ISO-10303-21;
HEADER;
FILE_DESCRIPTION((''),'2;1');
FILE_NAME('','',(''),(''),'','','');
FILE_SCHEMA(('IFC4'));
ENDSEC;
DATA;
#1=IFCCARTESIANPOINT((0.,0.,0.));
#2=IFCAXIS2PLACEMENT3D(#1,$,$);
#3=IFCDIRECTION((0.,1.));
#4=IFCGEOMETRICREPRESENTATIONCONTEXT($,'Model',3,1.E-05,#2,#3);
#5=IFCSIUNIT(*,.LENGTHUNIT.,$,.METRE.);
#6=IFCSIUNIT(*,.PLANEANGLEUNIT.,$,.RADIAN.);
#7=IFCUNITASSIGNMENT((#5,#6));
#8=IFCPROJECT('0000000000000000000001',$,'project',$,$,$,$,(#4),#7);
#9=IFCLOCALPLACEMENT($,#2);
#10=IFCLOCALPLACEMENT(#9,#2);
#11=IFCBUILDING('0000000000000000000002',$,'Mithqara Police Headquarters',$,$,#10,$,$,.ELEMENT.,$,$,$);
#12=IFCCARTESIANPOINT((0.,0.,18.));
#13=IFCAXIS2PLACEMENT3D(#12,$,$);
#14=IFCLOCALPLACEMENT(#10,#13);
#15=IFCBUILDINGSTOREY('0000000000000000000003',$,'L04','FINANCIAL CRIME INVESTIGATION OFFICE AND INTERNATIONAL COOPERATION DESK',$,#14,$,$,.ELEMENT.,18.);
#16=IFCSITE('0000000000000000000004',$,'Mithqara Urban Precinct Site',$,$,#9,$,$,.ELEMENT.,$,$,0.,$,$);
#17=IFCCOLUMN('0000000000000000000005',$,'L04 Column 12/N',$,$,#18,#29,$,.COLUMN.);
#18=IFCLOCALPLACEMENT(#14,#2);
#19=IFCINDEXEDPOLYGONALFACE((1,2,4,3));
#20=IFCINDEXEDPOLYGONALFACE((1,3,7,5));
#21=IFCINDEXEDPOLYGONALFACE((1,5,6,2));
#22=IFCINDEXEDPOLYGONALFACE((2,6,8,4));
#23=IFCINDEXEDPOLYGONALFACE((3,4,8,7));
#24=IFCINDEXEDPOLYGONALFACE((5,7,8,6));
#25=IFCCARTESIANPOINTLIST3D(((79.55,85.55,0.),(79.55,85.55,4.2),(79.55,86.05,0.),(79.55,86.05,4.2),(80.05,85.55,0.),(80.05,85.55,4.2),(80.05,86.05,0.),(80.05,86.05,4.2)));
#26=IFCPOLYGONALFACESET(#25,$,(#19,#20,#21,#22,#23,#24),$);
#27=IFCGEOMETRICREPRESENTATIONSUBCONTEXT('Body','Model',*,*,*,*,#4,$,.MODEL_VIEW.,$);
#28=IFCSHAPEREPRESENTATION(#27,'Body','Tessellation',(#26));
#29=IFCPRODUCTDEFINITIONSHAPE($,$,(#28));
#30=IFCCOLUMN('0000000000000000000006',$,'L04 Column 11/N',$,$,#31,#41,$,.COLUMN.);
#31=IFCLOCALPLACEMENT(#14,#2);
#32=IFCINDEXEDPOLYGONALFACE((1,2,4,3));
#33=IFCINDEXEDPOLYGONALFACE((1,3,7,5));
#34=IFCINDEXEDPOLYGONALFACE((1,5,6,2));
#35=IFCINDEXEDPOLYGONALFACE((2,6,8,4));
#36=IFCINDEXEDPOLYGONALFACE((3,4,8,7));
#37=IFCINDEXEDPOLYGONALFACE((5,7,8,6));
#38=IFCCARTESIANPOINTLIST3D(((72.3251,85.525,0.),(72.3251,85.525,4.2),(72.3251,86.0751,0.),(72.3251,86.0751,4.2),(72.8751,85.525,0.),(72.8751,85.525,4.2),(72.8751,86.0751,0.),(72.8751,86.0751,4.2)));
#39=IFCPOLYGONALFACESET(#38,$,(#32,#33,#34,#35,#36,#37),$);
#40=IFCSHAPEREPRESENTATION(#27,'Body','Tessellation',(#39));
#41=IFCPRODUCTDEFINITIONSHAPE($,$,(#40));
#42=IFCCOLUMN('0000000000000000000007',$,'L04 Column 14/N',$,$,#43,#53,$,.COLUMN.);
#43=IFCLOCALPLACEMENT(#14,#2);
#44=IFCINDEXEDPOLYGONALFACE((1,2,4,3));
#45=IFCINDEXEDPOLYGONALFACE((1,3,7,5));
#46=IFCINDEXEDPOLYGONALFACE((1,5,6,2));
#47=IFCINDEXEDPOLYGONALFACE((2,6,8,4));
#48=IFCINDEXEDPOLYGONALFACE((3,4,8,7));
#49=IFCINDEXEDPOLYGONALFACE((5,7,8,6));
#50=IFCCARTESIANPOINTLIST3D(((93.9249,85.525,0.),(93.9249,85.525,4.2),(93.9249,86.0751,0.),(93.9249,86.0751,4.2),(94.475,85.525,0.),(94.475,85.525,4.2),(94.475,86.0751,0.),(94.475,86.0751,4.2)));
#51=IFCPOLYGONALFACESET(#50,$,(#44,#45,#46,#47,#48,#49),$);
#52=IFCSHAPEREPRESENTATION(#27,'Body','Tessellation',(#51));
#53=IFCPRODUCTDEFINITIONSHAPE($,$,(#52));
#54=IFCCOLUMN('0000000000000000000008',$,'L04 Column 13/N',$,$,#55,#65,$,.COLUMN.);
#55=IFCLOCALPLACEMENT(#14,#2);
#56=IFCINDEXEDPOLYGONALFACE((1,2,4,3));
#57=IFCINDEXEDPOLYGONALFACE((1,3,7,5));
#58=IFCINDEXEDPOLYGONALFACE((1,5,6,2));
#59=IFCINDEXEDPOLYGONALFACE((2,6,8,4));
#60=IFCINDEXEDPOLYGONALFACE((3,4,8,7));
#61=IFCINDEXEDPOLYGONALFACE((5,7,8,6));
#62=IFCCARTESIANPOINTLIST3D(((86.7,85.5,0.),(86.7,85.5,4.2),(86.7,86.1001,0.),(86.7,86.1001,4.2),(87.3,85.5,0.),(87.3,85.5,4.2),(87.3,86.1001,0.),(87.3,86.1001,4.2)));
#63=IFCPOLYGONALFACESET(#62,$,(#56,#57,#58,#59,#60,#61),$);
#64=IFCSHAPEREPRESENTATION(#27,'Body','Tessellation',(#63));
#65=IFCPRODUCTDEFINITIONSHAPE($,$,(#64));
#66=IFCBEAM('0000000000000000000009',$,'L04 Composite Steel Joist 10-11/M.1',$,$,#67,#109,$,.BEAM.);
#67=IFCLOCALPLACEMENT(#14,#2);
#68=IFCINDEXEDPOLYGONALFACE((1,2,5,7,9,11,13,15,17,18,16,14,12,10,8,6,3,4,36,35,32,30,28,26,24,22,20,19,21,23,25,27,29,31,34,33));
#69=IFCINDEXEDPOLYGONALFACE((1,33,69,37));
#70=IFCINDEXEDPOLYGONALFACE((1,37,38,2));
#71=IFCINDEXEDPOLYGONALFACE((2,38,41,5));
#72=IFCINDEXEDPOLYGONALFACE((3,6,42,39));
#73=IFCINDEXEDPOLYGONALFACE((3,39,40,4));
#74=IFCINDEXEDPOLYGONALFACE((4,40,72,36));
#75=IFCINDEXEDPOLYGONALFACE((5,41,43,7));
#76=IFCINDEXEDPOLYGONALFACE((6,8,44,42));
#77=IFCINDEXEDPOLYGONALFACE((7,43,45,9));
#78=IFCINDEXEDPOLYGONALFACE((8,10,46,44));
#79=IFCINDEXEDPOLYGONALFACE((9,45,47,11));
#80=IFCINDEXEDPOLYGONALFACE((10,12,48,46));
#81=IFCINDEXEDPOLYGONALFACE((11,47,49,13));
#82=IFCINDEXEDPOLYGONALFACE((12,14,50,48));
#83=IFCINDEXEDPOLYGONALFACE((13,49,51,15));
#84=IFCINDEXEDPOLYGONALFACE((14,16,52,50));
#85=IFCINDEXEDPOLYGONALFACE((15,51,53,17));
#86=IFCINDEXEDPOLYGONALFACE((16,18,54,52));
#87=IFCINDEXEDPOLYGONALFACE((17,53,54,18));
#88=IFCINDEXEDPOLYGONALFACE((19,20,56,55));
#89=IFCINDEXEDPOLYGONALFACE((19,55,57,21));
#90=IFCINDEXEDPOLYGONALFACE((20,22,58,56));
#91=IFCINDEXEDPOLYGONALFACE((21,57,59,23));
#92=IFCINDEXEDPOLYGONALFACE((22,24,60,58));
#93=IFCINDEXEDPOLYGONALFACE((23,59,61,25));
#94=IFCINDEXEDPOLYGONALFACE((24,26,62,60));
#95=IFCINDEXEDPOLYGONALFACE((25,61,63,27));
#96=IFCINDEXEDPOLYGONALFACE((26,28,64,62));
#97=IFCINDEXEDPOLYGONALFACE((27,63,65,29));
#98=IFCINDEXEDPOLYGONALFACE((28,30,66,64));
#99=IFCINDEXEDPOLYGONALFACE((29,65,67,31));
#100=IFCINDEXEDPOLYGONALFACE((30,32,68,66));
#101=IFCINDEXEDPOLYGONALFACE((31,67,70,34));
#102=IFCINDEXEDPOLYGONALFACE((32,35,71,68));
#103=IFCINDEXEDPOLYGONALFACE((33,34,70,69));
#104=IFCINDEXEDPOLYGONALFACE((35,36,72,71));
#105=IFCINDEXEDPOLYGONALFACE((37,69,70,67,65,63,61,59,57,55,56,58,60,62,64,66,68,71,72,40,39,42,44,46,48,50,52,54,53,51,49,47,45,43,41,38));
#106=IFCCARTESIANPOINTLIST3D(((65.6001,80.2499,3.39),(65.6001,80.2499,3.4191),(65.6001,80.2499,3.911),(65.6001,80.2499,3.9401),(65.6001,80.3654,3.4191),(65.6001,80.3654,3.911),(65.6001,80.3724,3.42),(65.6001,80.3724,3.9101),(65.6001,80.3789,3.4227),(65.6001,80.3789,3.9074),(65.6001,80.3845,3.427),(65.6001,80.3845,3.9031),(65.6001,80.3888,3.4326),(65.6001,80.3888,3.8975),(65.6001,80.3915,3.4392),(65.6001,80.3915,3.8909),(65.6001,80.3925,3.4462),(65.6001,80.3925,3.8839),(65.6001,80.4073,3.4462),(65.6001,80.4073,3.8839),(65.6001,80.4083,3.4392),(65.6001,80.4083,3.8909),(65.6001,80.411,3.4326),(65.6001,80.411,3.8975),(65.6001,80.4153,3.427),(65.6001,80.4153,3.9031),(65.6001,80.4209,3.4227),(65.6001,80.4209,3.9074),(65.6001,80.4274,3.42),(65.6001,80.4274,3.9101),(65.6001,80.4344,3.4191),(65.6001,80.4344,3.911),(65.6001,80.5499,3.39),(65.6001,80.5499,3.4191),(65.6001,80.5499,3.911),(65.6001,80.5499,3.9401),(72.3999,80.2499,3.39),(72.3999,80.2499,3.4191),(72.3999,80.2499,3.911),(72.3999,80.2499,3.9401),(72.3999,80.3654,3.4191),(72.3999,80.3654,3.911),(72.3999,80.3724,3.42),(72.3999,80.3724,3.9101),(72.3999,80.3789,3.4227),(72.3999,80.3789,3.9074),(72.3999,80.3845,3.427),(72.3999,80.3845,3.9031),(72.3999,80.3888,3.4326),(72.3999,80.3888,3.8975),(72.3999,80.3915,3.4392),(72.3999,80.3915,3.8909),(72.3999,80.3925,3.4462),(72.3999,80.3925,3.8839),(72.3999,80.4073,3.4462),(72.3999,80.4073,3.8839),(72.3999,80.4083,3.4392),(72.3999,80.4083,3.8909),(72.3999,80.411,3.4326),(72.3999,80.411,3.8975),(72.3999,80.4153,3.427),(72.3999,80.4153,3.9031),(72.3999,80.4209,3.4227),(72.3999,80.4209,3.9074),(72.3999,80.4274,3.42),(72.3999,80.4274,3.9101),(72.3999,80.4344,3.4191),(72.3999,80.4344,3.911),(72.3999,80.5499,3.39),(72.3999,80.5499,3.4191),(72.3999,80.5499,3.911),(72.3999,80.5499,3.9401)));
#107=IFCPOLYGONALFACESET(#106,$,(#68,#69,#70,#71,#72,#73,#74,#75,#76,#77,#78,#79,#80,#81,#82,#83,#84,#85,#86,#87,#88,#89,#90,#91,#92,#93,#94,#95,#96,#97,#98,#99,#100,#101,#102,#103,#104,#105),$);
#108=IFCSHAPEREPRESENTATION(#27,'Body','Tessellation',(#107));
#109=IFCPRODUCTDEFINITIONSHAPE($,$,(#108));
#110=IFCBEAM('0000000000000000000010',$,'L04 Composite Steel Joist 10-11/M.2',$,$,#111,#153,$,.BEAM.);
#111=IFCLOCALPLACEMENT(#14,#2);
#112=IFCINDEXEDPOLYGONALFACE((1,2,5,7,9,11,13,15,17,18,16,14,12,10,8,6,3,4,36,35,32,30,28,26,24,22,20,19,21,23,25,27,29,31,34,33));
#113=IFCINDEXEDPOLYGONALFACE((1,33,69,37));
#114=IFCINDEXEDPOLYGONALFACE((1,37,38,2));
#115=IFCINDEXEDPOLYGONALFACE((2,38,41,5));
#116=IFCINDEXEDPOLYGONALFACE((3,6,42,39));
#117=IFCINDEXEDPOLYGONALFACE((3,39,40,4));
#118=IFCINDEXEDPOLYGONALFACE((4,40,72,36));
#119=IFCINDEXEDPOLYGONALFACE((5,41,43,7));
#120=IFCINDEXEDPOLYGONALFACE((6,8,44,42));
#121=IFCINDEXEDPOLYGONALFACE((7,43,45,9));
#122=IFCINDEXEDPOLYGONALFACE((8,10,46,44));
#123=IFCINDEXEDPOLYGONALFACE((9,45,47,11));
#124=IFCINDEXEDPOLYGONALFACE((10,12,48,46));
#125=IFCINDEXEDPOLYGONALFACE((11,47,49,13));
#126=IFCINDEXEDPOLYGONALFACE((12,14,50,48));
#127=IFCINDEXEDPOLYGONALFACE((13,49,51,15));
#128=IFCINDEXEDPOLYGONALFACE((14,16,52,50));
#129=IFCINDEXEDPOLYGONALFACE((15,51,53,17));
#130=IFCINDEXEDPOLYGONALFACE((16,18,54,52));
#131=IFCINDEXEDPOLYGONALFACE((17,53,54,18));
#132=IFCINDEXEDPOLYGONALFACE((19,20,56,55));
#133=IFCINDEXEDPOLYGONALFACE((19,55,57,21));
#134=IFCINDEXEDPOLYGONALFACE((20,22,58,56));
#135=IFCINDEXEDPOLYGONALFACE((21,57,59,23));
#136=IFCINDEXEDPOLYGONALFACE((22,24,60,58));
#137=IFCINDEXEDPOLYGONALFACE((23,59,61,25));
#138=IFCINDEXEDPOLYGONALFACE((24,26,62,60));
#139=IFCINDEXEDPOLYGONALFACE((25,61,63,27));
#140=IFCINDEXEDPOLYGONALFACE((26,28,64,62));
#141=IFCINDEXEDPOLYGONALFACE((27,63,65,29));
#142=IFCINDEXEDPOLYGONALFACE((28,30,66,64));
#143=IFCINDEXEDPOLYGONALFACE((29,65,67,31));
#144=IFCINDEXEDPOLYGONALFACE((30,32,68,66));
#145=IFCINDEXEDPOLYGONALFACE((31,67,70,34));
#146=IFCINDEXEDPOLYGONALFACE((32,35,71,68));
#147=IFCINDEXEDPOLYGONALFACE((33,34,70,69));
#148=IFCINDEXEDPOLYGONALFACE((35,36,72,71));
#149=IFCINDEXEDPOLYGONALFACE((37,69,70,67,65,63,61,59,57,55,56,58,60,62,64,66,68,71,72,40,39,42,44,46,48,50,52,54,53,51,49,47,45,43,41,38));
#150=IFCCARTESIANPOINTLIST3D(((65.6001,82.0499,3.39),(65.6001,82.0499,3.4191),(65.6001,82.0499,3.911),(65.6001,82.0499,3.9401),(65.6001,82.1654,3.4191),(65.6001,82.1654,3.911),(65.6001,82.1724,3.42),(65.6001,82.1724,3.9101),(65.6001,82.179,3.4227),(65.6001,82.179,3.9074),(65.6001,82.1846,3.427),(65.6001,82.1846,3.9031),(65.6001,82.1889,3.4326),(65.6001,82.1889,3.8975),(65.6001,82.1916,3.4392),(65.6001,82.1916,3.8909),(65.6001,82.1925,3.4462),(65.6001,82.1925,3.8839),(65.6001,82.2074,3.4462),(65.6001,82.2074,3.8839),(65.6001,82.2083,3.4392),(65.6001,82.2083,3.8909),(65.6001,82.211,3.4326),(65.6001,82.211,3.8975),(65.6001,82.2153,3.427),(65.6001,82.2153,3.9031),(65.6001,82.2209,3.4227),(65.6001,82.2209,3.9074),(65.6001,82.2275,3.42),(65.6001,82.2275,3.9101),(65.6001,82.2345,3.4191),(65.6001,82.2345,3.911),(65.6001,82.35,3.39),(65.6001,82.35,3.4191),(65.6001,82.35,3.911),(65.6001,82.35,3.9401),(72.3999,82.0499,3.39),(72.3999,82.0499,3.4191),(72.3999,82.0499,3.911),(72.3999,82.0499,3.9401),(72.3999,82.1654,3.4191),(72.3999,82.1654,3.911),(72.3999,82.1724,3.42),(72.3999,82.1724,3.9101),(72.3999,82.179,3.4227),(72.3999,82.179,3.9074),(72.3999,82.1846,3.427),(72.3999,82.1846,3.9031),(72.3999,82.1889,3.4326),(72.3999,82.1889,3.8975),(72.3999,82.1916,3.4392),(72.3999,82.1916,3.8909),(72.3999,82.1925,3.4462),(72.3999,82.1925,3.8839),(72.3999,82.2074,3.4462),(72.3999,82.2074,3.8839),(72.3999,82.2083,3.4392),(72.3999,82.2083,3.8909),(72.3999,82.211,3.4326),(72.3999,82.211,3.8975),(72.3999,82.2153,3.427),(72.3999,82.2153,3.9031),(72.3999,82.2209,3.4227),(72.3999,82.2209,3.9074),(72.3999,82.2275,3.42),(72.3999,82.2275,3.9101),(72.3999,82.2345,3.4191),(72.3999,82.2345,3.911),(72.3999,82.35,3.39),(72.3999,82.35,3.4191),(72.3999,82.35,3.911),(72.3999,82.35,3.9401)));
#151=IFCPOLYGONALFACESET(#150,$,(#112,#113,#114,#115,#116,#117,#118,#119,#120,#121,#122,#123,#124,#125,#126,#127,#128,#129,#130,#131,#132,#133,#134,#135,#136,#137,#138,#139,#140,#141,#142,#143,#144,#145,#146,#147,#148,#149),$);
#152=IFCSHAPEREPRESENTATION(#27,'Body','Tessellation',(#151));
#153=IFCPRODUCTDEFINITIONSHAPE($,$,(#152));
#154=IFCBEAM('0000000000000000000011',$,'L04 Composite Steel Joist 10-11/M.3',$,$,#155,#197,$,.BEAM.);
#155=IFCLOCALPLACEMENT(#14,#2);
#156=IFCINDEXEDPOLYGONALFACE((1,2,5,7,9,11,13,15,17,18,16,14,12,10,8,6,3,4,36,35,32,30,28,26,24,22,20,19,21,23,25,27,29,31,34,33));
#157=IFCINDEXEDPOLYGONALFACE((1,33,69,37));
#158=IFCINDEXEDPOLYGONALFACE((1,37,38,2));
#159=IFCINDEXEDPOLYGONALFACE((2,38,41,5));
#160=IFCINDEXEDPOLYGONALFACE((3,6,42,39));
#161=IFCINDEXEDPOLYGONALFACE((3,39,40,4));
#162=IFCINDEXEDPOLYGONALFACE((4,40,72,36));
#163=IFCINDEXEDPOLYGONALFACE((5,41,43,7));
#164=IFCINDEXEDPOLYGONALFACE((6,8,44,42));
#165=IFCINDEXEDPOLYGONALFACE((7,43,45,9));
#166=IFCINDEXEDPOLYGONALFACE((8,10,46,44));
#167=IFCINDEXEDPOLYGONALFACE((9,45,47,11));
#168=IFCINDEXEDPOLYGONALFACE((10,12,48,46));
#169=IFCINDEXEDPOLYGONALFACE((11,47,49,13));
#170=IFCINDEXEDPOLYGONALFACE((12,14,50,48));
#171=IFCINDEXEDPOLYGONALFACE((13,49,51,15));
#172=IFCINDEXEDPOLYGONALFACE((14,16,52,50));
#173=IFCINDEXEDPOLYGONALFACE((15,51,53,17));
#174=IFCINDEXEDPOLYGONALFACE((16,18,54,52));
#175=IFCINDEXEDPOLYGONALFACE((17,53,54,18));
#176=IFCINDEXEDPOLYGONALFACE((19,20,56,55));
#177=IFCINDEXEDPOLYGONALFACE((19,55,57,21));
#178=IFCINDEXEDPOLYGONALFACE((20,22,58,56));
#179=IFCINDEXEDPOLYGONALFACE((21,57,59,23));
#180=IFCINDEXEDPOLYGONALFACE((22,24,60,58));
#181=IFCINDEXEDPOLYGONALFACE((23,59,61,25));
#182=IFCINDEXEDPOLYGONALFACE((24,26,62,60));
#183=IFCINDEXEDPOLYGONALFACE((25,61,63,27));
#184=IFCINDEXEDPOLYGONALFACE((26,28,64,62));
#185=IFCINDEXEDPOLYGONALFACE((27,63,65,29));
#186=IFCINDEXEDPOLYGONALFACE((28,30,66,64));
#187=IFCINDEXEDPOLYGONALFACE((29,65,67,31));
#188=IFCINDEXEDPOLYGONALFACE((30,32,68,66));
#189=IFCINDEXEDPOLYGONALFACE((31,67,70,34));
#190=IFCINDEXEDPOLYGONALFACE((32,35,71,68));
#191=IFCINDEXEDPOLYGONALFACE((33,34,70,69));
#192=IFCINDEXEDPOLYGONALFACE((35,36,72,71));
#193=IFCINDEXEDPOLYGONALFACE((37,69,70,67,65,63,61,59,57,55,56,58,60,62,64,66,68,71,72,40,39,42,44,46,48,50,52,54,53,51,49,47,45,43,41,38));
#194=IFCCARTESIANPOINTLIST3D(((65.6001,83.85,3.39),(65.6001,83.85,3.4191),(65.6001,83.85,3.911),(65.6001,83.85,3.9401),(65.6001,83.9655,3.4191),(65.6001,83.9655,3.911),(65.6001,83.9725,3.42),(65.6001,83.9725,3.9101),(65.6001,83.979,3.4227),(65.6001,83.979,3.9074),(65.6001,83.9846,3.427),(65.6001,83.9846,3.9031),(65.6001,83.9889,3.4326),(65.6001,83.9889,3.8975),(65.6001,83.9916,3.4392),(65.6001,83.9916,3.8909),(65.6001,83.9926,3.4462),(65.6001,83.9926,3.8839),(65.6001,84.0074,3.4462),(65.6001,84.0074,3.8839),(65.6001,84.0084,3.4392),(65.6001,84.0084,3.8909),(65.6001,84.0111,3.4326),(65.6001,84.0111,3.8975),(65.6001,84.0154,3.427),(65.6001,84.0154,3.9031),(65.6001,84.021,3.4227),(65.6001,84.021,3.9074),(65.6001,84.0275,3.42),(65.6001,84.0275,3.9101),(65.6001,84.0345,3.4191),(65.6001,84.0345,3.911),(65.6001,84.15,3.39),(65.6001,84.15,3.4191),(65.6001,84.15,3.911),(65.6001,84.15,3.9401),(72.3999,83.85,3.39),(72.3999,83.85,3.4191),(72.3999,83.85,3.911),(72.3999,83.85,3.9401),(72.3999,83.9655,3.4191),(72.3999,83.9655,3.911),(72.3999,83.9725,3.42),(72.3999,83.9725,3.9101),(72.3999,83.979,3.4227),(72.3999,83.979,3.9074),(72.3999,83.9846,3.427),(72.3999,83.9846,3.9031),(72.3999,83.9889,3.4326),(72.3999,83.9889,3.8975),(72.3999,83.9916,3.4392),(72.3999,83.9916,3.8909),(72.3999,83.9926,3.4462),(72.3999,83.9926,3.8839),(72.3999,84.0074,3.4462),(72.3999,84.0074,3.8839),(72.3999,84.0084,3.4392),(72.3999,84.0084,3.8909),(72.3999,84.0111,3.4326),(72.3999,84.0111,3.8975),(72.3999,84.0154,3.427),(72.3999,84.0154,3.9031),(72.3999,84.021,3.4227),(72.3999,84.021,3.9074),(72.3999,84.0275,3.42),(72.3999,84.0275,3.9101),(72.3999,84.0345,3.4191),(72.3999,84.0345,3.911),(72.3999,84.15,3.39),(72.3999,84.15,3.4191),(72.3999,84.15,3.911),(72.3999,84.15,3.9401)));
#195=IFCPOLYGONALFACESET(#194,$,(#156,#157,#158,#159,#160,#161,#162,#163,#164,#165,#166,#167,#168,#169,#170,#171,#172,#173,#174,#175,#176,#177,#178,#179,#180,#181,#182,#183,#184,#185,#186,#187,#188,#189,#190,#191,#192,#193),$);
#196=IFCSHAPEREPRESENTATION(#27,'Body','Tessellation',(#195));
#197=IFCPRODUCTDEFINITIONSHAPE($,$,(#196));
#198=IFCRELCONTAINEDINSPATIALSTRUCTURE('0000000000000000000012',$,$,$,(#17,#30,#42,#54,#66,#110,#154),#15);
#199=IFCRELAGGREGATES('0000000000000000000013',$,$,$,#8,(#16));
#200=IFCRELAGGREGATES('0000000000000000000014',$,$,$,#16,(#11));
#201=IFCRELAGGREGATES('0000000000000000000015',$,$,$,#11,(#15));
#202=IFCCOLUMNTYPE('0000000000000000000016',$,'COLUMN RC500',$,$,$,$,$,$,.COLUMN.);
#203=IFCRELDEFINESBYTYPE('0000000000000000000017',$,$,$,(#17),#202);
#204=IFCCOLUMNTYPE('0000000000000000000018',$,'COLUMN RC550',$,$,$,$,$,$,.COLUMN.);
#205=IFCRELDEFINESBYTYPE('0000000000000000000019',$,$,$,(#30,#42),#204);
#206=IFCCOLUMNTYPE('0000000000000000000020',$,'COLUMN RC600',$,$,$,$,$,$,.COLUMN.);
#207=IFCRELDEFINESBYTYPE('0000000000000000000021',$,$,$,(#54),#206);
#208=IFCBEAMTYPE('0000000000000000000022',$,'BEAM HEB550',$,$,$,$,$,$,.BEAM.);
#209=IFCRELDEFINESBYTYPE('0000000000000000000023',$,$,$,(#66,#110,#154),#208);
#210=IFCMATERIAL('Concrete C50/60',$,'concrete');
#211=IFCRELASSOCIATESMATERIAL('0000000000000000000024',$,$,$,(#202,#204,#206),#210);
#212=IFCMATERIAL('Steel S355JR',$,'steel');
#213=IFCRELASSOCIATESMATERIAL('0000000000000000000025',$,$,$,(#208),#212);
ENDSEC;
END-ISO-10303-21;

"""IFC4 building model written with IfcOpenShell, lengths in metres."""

from ifc_helpers import new_model, si_unit, direction, frame, origin, origin_2d, place, context, subcontext, project, spatial, rectangle, i_section, extrude, material, material_profile, profile_set, type_object, element, save


model = new_model("IFC4")

# Units and contexts
model_context = context("Model", 3, precision=1e-05, world=origin(), true_north=direction((0.0, 1.0)))
body_context = subcontext(model_context, "Body", "Model", "MODEL_VIEW")
ifc_project = project(units=[si_unit("LENGTHUNIT", "METRE"), si_unit("PLANEANGLEUNIT", "RADIAN")], contexts=[model_context])

# Site, building, storey
site_placement = place(None, origin())
site = spatial("IfcSite", under=ifc_project, at=site_placement, Name="Mithqara Urban Precinct Site", CompositionType="ELEMENT", RefElevation=0.0)
building_placement = place(site_placement, origin())
building = spatial("IfcBuilding", under=site, at=building_placement, Name="Mithqara Police Headquarters", CompositionType="ELEMENT")
storey_placement = place(building_placement, frame((0.0, 0.0, 18.0)))
storey = spatial("IfcBuildingStorey", under=building, at=storey_placement, Name="L04", Description="FINANCIAL CRIME INVESTIGATION OFFICE AND INTERNATIONAL COOPERATION DESK", CompositionType="ELEMENT", Elevation=18.0)

# Columns
ifc_material_1 = material(Name="Concrete C50/60", Category="concrete")
ifc_material_profile_1 = material_profile(ifc_material_1, rectangle(XDim=0.5, YDim=0.5, at=origin_2d()), Name="RC 500x500")
ifc_profile_set_1 = profile_set([ifc_material_profile_1], Name="Concrete C50/60")
column_type_1 = type_object("IfcColumnType", Name="COLUMN RC500", PredefinedType="COLUMN", material=ifc_profile_set_1)
column_1_placement = place(storey_placement, frame((79.8, 85.8, 0.0), z_axis=(0.0, 0.0, 1.0), x_axis=(1.0, 0.0, 0.0)))
element("IfcColumn", 1, at=column_1_placement, inside=storey, type_object=column_type_1, Name="L04 Column 12/N", PredefinedType="COLUMN", context=body_context, shape_type="SweptSolid", body=[
    extrude(rectangle(XDim=0.5, YDim=0.5, at=origin_2d()), origin(), (0.0, 0.0, 1.0), 4.2),
])
ifc_material_profile_2 = material_profile(ifc_material_1, rectangle(XDim=0.55, YDim=0.55, at=origin_2d()), Name="RC 550x550")
ifc_profile_set_2 = profile_set([ifc_material_profile_2], Name="Concrete C50/60")
column_type_2 = type_object("IfcColumnType", Name="COLUMN RC550", PredefinedType="COLUMN", material=ifc_profile_set_2)
for number, where, z_axis, x_axis, name in (
    (2, (72.6001, 85.8, 0.0), (0.0, 0.0, 1.0), (1.0, 0.0, 0.0), "L04 Column 11/N"),
    (3, (94.2, 85.8, 0.0), (0.0, 0.0, 1.0), (1.0, 0.0, 0.0), "L04 Column 14/N"),
):
    element("IfcColumn", number, at=place(storey_placement, frame(where, z_axis=z_axis, x_axis=x_axis)), inside=storey, type_object=column_type_2, Name=name, PredefinedType="COLUMN", context=body_context, shape_type="SweptSolid", body=[
        extrude(rectangle(XDim=0.55, YDim=0.55, at=origin_2d()), origin(), (0.0, 0.0, 1.0), 4.2),
    ])
ifc_material_profile_3 = material_profile(ifc_material_1, rectangle(XDim=0.6001, YDim=0.6001, at=origin_2d()), Name="RC 600x600")
ifc_profile_set_3 = profile_set([ifc_material_profile_3], Name="Concrete C50/60")
column_type_3 = type_object("IfcColumnType", Name="COLUMN RC600", PredefinedType="COLUMN", material=ifc_profile_set_3)
column_2_placement = place(storey_placement, frame((87.0, 85.8, 0.0), z_axis=(0.0, 0.0, 1.0), x_axis=(1.0, 0.0, 0.0)))
element("IfcColumn", 4, at=column_2_placement, inside=storey, type_object=column_type_3, Name="L04 Column 13/N", PredefinedType="COLUMN", context=body_context, shape_type="SweptSolid", body=[
    extrude(rectangle(XDim=0.6001, YDim=0.6001, at=origin_2d()), origin(), (0.0, 0.0, 1.0), 4.2),
])

# Beams
ifc_material_2 = material(Name="Steel S355JR", Category="steel")
ifc_material_profile_4 = material_profile(ifc_material_2, i_section(OverallWidth=0.3, OverallDepth=0.55, WebThickness=0.0149, FlangeThickness=0.0291, FilletRadius=0.0271, at=origin_2d()), Name="HEB 550")
ifc_profile_set_4 = profile_set([ifc_material_profile_4], Name="Steel S355JR")
beam_type_1 = type_object("IfcBeamType", Name="BEAM HEB550", PredefinedType="BEAM", material=ifc_profile_set_4)
for number, where, z_axis, x_axis, name in (
    (5, (65.6001, 80.3999, 3.665), (1.0, 0.0, 0.0), (0.0, 1.0, 0.0), "L04 Composite Steel Joist 10-11/M.1"),
    (6, (65.6001, 82.2, 3.665), (1.0, 0.0, 0.0), (0.0, 1.0, 0.0), "L04 Composite Steel Joist 10-11/M.2"),
    (7, (65.6001, 84.0, 3.665), (1.0, 0.0, 0.0), (0.0, 1.0, 0.0), "L04 Composite Steel Joist 10-11/M.3"),
):
    element("IfcBeam", number, at=place(storey_placement, frame(where, z_axis=z_axis, x_axis=x_axis)), inside=storey, type_object=beam_type_1, Name=name, PredefinedType="BEAM", context=body_context, shape_type="SweptSolid", body=[
        extrude(i_section(OverallWidth=0.3, OverallDepth=0.55, WebThickness=0.0149, FlangeThickness=0.0291, FilletRadius=0.0271, at=origin_2d()), origin(), (0.0, 0.0, 1.0), 6.7998),
    ])

save(model, "model.ifc")
